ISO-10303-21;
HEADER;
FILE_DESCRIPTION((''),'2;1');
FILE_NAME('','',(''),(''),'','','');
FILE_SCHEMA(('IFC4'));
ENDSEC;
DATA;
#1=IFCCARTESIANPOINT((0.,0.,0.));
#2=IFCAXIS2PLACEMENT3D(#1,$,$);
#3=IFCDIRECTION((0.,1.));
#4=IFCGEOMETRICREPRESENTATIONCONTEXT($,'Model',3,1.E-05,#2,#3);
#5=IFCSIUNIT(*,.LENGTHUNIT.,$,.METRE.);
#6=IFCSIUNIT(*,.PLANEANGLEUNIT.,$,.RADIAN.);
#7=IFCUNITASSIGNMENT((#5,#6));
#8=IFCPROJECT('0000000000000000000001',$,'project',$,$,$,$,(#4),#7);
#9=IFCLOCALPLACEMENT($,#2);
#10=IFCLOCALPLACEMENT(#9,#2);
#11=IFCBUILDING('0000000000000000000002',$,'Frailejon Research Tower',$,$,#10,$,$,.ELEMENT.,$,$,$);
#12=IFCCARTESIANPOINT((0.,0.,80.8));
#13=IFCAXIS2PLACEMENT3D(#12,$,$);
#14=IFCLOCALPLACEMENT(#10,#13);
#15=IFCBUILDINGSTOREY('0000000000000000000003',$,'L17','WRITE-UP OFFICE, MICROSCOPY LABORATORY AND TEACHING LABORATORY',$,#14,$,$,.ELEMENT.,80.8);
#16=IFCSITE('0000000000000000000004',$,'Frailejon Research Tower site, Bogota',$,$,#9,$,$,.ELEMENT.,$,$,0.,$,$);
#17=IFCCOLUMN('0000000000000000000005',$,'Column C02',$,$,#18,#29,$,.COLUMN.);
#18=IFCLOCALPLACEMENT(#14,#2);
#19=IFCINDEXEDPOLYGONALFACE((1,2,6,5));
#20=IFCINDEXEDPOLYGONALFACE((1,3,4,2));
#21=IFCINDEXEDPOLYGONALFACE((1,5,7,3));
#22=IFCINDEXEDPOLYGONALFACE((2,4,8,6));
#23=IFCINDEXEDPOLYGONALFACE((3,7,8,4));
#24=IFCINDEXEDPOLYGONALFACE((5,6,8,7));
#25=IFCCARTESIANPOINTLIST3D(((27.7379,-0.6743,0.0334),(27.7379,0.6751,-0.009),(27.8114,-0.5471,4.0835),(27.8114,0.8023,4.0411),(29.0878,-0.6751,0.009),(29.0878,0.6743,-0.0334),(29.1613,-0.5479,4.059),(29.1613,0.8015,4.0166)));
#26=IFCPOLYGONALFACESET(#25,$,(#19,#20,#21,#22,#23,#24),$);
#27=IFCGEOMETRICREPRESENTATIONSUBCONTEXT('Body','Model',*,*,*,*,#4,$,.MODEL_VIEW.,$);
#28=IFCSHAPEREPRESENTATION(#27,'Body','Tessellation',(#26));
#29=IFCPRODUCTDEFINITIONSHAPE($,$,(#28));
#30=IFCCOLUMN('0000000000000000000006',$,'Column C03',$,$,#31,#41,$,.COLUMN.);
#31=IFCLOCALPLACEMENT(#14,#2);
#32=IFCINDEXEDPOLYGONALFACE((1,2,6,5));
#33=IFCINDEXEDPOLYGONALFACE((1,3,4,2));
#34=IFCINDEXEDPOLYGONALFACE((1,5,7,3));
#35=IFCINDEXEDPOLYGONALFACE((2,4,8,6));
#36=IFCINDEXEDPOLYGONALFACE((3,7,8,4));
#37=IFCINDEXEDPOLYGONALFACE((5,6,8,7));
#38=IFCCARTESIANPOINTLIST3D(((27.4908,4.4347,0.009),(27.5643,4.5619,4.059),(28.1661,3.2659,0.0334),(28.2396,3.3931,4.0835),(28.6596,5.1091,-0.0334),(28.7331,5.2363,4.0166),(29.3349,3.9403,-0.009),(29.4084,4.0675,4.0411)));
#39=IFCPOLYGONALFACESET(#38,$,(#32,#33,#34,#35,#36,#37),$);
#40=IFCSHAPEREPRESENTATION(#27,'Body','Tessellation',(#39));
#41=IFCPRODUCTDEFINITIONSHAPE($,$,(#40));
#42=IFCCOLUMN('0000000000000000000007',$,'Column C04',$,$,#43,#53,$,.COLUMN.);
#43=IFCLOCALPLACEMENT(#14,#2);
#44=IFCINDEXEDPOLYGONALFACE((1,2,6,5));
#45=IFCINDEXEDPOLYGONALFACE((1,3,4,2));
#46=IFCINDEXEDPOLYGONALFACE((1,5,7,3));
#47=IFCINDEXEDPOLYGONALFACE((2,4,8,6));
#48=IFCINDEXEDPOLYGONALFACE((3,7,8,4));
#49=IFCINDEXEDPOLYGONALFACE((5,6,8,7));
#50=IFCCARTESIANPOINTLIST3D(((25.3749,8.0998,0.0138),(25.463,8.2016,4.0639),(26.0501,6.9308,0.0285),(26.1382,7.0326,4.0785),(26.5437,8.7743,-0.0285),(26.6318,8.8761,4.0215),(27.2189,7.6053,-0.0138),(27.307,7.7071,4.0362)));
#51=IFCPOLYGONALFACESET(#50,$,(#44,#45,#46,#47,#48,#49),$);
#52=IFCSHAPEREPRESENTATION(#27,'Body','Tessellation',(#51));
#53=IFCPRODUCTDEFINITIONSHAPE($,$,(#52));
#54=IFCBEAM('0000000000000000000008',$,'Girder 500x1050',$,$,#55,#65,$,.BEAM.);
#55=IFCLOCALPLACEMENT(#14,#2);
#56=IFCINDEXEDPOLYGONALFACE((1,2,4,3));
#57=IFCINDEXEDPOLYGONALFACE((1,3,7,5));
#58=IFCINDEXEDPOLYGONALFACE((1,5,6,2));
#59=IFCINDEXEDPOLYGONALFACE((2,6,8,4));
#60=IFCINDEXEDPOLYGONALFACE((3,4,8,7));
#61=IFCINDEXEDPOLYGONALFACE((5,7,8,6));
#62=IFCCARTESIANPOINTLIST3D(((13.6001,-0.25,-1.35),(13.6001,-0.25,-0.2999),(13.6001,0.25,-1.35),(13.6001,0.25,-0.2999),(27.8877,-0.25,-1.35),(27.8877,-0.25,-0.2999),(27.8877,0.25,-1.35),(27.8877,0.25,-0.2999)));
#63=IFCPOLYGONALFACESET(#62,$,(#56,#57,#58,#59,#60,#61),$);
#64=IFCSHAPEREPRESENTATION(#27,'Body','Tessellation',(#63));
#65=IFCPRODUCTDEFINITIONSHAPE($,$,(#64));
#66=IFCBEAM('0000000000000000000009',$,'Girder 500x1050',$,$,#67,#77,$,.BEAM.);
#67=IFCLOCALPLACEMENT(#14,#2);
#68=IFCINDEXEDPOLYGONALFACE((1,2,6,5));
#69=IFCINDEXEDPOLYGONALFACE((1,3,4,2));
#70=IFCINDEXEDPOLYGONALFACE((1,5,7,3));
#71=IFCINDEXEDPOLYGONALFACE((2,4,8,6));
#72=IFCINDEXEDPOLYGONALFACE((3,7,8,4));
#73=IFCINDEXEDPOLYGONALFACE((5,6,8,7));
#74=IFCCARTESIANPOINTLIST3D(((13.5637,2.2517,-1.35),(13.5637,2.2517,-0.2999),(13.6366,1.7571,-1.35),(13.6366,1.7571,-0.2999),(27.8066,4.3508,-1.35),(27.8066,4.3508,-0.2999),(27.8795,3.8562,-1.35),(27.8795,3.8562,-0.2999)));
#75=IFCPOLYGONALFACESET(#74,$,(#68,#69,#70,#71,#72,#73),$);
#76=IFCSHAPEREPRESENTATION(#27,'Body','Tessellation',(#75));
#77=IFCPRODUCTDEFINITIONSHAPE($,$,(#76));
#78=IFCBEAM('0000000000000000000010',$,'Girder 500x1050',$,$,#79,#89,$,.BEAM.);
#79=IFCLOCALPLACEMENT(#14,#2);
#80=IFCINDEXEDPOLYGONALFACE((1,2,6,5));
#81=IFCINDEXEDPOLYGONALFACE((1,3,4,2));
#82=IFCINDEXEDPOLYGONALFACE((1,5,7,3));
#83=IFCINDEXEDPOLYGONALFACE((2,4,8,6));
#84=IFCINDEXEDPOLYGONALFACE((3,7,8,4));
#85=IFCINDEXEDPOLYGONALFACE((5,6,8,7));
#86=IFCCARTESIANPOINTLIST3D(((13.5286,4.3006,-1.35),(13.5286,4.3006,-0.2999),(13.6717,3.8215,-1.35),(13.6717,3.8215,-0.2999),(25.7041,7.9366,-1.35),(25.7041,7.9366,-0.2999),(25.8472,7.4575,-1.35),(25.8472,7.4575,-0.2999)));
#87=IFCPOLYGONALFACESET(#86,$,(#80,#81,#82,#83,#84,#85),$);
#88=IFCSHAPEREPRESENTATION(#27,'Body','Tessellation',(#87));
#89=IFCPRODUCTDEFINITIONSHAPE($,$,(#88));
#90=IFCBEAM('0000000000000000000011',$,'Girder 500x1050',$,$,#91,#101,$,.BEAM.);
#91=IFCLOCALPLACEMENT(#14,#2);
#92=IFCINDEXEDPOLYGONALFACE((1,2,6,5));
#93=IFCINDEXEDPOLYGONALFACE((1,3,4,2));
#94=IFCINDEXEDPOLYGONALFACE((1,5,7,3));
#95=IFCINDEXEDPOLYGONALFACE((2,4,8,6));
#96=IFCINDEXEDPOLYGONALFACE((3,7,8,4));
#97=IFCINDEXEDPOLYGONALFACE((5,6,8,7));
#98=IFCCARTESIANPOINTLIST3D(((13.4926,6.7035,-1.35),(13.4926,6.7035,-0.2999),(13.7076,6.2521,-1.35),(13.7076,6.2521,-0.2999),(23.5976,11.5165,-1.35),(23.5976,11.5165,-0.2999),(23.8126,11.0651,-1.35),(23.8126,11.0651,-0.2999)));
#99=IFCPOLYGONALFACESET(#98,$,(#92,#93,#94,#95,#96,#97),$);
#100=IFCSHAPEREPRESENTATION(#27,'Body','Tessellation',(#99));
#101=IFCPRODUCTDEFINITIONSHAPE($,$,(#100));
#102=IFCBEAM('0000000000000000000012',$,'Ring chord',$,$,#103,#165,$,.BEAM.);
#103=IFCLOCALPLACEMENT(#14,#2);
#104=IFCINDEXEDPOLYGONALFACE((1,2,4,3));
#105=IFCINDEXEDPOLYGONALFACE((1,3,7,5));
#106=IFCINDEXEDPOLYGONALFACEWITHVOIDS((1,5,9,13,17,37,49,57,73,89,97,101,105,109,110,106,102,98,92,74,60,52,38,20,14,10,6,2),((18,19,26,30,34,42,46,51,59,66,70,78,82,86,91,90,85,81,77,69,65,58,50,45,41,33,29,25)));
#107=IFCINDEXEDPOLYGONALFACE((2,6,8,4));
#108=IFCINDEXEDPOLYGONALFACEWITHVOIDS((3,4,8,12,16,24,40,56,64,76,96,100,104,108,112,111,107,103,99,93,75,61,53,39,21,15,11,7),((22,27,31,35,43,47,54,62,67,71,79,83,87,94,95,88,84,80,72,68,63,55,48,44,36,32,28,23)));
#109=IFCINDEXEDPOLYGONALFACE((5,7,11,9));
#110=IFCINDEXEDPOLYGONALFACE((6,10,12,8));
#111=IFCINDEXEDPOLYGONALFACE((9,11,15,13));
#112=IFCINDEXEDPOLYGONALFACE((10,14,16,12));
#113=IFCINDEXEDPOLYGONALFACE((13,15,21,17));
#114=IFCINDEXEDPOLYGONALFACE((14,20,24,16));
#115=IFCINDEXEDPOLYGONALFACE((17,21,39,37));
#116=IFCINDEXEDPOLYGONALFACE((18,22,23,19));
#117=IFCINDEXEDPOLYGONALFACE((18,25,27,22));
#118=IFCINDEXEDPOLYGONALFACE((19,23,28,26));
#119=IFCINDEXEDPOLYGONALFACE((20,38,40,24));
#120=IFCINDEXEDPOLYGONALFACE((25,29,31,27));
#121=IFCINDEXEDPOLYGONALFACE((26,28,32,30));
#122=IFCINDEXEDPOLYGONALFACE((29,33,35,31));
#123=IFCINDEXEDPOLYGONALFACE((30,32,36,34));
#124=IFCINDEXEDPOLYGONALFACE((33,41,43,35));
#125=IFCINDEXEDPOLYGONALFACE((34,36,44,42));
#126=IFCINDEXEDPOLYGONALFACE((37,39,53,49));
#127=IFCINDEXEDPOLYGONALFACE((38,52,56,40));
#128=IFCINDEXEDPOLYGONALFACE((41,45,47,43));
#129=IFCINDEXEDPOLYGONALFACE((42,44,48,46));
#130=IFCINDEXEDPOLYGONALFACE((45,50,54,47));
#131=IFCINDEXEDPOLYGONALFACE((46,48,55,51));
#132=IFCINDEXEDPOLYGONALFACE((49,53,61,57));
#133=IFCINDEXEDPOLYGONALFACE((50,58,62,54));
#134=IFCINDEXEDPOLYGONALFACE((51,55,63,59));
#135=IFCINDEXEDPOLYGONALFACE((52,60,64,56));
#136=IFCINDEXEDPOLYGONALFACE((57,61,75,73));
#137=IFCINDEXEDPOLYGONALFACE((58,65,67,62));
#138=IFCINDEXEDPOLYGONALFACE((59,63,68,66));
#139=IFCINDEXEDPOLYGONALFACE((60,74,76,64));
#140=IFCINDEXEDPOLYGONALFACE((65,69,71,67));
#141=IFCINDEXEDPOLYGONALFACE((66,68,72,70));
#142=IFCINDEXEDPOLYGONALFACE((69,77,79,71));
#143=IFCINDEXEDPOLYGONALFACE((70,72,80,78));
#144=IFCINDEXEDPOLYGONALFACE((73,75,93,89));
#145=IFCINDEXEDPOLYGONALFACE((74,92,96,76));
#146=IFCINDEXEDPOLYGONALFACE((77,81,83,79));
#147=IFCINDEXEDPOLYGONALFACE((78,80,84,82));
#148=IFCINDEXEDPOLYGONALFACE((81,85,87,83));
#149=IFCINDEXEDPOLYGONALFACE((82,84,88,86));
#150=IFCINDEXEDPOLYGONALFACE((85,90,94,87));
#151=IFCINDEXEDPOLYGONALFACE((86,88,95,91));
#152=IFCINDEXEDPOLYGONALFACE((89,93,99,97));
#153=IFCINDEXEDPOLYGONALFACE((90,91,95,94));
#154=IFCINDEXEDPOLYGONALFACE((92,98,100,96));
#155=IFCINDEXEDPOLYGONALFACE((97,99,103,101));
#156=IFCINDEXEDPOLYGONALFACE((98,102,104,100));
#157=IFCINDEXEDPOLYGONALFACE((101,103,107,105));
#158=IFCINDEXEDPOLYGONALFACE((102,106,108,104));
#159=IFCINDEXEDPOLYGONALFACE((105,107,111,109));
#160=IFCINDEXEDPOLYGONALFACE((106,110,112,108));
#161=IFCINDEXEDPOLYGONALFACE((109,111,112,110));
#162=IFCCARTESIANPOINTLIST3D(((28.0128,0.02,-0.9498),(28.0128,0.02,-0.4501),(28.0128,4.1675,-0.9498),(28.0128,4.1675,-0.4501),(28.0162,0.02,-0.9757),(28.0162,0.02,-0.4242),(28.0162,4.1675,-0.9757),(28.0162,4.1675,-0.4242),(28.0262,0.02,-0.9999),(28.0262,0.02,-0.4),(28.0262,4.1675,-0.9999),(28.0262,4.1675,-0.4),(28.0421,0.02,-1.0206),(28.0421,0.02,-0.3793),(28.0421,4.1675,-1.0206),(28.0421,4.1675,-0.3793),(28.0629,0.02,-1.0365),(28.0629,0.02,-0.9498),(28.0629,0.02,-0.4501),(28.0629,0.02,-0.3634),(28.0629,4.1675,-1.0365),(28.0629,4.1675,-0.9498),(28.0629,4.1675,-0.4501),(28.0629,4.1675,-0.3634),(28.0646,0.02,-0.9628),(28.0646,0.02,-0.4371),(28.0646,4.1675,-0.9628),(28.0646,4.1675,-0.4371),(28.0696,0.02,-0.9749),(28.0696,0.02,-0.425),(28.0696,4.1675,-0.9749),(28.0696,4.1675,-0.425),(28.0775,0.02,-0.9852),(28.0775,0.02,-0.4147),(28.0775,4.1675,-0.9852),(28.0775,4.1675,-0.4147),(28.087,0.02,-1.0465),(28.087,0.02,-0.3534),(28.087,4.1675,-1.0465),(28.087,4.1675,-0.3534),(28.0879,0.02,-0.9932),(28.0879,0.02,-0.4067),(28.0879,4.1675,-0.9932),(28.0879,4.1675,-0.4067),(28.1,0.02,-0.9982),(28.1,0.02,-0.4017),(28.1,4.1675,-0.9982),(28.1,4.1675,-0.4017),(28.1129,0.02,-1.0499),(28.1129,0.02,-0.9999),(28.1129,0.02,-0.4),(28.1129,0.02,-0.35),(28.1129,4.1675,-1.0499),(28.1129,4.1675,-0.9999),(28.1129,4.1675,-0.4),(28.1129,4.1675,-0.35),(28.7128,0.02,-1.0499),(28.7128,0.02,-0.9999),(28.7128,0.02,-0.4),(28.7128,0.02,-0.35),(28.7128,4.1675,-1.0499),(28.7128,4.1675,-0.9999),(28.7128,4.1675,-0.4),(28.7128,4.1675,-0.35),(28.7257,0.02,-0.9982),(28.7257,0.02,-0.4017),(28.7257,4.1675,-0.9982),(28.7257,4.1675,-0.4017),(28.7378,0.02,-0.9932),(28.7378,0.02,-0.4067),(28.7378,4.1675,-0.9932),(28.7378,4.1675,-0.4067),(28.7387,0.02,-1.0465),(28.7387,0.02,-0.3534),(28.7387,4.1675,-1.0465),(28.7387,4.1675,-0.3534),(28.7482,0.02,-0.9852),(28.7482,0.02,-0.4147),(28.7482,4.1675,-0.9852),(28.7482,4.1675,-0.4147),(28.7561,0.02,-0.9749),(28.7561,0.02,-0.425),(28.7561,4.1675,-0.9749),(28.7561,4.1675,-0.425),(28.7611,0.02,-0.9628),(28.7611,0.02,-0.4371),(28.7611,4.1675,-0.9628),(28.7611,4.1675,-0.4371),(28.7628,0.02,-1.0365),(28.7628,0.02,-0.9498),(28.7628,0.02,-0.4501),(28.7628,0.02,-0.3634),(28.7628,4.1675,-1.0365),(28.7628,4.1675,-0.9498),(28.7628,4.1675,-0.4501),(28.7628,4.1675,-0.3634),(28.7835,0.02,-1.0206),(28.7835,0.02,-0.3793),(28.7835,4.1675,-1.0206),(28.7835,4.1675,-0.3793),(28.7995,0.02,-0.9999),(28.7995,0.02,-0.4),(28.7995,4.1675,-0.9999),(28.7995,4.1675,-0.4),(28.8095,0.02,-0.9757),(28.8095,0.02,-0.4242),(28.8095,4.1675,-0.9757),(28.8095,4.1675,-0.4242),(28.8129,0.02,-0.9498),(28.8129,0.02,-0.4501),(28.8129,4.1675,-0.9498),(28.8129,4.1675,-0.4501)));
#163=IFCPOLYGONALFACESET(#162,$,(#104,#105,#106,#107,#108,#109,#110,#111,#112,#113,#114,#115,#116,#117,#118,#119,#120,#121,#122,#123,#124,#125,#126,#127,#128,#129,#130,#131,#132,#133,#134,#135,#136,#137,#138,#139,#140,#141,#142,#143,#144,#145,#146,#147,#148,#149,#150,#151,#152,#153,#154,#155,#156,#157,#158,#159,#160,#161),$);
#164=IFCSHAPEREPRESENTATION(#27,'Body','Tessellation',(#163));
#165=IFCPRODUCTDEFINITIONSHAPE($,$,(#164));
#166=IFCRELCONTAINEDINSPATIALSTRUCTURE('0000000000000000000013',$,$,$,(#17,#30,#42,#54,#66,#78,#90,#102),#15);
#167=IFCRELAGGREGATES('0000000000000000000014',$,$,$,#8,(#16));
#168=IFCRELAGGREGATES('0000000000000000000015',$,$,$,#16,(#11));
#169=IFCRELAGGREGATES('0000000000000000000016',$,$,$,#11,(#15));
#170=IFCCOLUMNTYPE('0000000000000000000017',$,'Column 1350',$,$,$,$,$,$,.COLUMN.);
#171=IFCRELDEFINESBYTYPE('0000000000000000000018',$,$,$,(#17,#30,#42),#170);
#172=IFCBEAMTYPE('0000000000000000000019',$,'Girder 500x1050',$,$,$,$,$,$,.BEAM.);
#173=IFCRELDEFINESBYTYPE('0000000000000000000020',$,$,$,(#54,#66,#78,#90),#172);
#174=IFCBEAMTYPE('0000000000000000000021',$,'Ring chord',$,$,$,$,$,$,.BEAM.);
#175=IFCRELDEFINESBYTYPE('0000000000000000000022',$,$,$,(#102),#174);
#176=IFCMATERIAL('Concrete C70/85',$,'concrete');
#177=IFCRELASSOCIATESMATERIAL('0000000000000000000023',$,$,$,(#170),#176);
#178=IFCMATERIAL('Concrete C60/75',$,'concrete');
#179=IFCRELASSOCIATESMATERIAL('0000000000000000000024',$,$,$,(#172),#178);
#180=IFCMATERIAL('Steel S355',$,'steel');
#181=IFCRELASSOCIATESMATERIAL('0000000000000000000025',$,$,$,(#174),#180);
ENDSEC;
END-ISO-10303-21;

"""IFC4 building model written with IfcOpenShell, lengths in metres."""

from ifc_helpers import new_model, si_unit, direction, frame, origin, origin_2d, place, context, subcontext, project, spatial, rectangle, hollow_rectangle, extrude, material, material_profile, profile_set, type_object, element, save


model = new_model("IFC4")

# Units and contexts
model_context = context("Model", 3, precision=1e-05, world=origin(), true_north=direction((0.0, 1.0)))
body_context = subcontext(model_context, "Body", "Model", "MODEL_VIEW")
ifc_project = project(units=[si_unit("LENGTHUNIT", "METRE"), si_unit("PLANEANGLEUNIT", "RADIAN")], contexts=[model_context])

# Site, building, storey
site_placement = place(None, origin())
site = spatial("IfcSite", under=ifc_project, at=site_placement, Name="Frailejon Research Tower site, Bogota", CompositionType="ELEMENT", RefElevation=0.0)
building_placement = place(site_placement, origin())
building = spatial("IfcBuilding", under=site, at=building_placement, Name="Frailejon Research Tower", CompositionType="ELEMENT")
storey_placement = place(building_placement, frame((0.0, 0.0, 80.8)))
storey = spatial("IfcBuildingStorey", under=building, at=storey_placement, Name="L17", Description="WRITE-UP OFFICE, MICROSCOPY LABORATORY AND TEACHING LABORATORY", CompositionType="ELEMENT", Elevation=80.8)

# Columns
ifc_material_1 = material(Name="Concrete C70/85", Category="concrete")
ifc_material_profile_1 = material_profile(ifc_material_1, rectangle(XDim=1.3501, YDim=1.3501, at=origin_2d()), Name="Column 1350")
ifc_profile_set_1 = profile_set([ifc_material_profile_1], Name="Concrete C70/85")
column_type = type_object("IfcColumnType", Name="Column 1350", PredefinedType="COLUMN", material=ifc_profile_set_1)
for number, where, z_axis, x_axis, name in (
    (1, (28.4128, 0.0, 0.0), (0.018133, 0.031386, 0.999343), (-0.000022, 0.999507, -0.03139), "Column C02"),
    (2, (28.4128, 4.1875, 0.0), (0.018133, 0.031386, 0.999343), (-0.500209, 0.865715, -0.018113), "Column C03"),
):
    element("IfcColumn", number, at=place(storey_placement, frame(where, z_axis=z_axis, x_axis=x_axis)), inside=storey, type_object=column_type, Name=name, PredefinedType="COLUMN", context=body_context, shape_type="SweptSolid", body=[
        extrude(rectangle(XDim=1.3501, YDim=1.3501, at=origin_2d()), origin(), (0.0, 0.0, 1.0), 4.0527),
    ])
column_placement = place(storey_placement, frame((26.2969, 7.8525, 0.0), z_axis=(0.021749, 0.025123, 0.999448), x_axis=(-0.500116, 0.86589, -0.010883)))
element("IfcColumn", 3, at=column_placement, inside=storey, type_object=column_type, Name="Column C04", PredefinedType="COLUMN", context=body_context, shape_type="SweptSolid", body=[
    extrude(rectangle(XDim=1.3501, YDim=1.3501, at=origin_2d()), origin(), (0.0, 0.0, 1.0), 4.0522),
])

# Beams
ifc_material_2 = material(Name="Concrete C60/75", Category="concrete")
ifc_material_profile_2 = material_profile(ifc_material_2, rectangle(XDim=0.5, YDim=1.05, at=origin_2d()), Name="Girder 500x1050")
ifc_profile_set_2 = profile_set([ifc_material_profile_2], Name="Concrete C60/75")
beam_type_1 = type_object("IfcBeamType", Name="Girder 500x1050", PredefinedType="BEAM", material=ifc_profile_set_2)
beam_1_placement = place(storey_placement, frame((27.8877, 0.0, -0.825), z_axis=(-1.0, 0.0, 0.0), x_axis=(0.0, -1.0, 0.0)))
element("IfcBeam", 4, at=beam_1_placement, inside=storey, type_object=beam_type_1, Name="Girder 500x1050", PredefinedType="BEAM", context=body_context, shape_type="SweptSolid", body=[
    extrude(rectangle(XDim=0.5, YDim=1.05, at=origin_2d()), origin(), (0.0, 0.0, 1.0), 14.2876),
])
beam_2_placement = place(storey_placement, frame((27.843, 4.1035, -0.825), z_axis=(-0.989313, -0.145805, 0.0), x_axis=(0.145805, -0.989313, 0.0)))
element("IfcBeam", 5, at=beam_2_placement, inside=storey, type_object=beam_type_1, Name="Girder 500x1050", PredefinedType="BEAM", context=body_context, shape_type="SweptSolid", body=[
    extrude(rectangle(XDim=0.5, YDim=1.05, at=origin_2d()), origin(), (0.0, 0.0, 1.0), 14.3967),
])
beam_3_placement = place(storey_placement, frame((25.7756, 7.697, -0.825), z_axis=(-0.958187, -0.286144, 0.0), x_axis=(0.286144, -0.958187, 0.0)))
element("IfcBeam", 6, at=beam_3_placement, inside=storey, type_object=beam_type_1, Name="Girder 500x1050", PredefinedType="BEAM", context=body_context, shape_type="SweptSolid", body=[
    extrude(rectangle(XDim=0.5, YDim=1.05, at=origin_2d()), origin(), (0.0, 0.0, 1.0), 12.7068),
])
beam_4_placement = place(storey_placement, frame((23.7051, 11.2908, -0.825), z_axis=(-0.902823, -0.430013, 0.0), x_axis=(0.430013, -0.902823, 0.0)))
element("IfcBeam", 7, at=beam_4_placement, inside=storey, type_object=beam_type_1, Name="Girder 500x1050", PredefinedType="BEAM", context=body_context, shape_type="SweptSolid", body=[
    extrude(rectangle(XDim=0.5, YDim=1.05, at=origin_2d()), origin(), (0.0, 0.0, 1.0), 11.1926),
])
ifc_material_3 = material(Name="Steel S355", Category="steel")
ifc_material_profile_3 = material_profile(ifc_material_3, hollow_rectangle(XDim=0.8, YDim=0.7, WallThickness=0.05, InnerFilletRadius=0.05, OuterFilletRadius=0.1001, at=origin_2d()), Name="Ring chord")
ifc_profile_set_3 = profile_set([ifc_material_profile_3], Name="Steel S355")
beam_type_2 = type_object("IfcBeamType", Name="Ring chord", PredefinedType="BEAM", material=ifc_profile_set_3)
beam_5_placement = place(storey_placement, frame((28.4128, 0.02, -0.7), z_axis=(0.0, 1.0, 0.0), x_axis=(-1.0, 0.0, 0.0)))
element("IfcBeam", 8, at=beam_5_placement, inside=storey, type_object=beam_type_2, Name="Ring chord", PredefinedType="BEAM", context=body_context, shape_type="SweptSolid", body=[
    extrude(hollow_rectangle(XDim=0.8, YDim=0.7, WallThickness=0.05, InnerFilletRadius=0.05, OuterFilletRadius=0.1001, at=origin_2d()), origin(), (0.0, 0.0, 1.0), 4.1475),
])

save(model, "model.ifc")
